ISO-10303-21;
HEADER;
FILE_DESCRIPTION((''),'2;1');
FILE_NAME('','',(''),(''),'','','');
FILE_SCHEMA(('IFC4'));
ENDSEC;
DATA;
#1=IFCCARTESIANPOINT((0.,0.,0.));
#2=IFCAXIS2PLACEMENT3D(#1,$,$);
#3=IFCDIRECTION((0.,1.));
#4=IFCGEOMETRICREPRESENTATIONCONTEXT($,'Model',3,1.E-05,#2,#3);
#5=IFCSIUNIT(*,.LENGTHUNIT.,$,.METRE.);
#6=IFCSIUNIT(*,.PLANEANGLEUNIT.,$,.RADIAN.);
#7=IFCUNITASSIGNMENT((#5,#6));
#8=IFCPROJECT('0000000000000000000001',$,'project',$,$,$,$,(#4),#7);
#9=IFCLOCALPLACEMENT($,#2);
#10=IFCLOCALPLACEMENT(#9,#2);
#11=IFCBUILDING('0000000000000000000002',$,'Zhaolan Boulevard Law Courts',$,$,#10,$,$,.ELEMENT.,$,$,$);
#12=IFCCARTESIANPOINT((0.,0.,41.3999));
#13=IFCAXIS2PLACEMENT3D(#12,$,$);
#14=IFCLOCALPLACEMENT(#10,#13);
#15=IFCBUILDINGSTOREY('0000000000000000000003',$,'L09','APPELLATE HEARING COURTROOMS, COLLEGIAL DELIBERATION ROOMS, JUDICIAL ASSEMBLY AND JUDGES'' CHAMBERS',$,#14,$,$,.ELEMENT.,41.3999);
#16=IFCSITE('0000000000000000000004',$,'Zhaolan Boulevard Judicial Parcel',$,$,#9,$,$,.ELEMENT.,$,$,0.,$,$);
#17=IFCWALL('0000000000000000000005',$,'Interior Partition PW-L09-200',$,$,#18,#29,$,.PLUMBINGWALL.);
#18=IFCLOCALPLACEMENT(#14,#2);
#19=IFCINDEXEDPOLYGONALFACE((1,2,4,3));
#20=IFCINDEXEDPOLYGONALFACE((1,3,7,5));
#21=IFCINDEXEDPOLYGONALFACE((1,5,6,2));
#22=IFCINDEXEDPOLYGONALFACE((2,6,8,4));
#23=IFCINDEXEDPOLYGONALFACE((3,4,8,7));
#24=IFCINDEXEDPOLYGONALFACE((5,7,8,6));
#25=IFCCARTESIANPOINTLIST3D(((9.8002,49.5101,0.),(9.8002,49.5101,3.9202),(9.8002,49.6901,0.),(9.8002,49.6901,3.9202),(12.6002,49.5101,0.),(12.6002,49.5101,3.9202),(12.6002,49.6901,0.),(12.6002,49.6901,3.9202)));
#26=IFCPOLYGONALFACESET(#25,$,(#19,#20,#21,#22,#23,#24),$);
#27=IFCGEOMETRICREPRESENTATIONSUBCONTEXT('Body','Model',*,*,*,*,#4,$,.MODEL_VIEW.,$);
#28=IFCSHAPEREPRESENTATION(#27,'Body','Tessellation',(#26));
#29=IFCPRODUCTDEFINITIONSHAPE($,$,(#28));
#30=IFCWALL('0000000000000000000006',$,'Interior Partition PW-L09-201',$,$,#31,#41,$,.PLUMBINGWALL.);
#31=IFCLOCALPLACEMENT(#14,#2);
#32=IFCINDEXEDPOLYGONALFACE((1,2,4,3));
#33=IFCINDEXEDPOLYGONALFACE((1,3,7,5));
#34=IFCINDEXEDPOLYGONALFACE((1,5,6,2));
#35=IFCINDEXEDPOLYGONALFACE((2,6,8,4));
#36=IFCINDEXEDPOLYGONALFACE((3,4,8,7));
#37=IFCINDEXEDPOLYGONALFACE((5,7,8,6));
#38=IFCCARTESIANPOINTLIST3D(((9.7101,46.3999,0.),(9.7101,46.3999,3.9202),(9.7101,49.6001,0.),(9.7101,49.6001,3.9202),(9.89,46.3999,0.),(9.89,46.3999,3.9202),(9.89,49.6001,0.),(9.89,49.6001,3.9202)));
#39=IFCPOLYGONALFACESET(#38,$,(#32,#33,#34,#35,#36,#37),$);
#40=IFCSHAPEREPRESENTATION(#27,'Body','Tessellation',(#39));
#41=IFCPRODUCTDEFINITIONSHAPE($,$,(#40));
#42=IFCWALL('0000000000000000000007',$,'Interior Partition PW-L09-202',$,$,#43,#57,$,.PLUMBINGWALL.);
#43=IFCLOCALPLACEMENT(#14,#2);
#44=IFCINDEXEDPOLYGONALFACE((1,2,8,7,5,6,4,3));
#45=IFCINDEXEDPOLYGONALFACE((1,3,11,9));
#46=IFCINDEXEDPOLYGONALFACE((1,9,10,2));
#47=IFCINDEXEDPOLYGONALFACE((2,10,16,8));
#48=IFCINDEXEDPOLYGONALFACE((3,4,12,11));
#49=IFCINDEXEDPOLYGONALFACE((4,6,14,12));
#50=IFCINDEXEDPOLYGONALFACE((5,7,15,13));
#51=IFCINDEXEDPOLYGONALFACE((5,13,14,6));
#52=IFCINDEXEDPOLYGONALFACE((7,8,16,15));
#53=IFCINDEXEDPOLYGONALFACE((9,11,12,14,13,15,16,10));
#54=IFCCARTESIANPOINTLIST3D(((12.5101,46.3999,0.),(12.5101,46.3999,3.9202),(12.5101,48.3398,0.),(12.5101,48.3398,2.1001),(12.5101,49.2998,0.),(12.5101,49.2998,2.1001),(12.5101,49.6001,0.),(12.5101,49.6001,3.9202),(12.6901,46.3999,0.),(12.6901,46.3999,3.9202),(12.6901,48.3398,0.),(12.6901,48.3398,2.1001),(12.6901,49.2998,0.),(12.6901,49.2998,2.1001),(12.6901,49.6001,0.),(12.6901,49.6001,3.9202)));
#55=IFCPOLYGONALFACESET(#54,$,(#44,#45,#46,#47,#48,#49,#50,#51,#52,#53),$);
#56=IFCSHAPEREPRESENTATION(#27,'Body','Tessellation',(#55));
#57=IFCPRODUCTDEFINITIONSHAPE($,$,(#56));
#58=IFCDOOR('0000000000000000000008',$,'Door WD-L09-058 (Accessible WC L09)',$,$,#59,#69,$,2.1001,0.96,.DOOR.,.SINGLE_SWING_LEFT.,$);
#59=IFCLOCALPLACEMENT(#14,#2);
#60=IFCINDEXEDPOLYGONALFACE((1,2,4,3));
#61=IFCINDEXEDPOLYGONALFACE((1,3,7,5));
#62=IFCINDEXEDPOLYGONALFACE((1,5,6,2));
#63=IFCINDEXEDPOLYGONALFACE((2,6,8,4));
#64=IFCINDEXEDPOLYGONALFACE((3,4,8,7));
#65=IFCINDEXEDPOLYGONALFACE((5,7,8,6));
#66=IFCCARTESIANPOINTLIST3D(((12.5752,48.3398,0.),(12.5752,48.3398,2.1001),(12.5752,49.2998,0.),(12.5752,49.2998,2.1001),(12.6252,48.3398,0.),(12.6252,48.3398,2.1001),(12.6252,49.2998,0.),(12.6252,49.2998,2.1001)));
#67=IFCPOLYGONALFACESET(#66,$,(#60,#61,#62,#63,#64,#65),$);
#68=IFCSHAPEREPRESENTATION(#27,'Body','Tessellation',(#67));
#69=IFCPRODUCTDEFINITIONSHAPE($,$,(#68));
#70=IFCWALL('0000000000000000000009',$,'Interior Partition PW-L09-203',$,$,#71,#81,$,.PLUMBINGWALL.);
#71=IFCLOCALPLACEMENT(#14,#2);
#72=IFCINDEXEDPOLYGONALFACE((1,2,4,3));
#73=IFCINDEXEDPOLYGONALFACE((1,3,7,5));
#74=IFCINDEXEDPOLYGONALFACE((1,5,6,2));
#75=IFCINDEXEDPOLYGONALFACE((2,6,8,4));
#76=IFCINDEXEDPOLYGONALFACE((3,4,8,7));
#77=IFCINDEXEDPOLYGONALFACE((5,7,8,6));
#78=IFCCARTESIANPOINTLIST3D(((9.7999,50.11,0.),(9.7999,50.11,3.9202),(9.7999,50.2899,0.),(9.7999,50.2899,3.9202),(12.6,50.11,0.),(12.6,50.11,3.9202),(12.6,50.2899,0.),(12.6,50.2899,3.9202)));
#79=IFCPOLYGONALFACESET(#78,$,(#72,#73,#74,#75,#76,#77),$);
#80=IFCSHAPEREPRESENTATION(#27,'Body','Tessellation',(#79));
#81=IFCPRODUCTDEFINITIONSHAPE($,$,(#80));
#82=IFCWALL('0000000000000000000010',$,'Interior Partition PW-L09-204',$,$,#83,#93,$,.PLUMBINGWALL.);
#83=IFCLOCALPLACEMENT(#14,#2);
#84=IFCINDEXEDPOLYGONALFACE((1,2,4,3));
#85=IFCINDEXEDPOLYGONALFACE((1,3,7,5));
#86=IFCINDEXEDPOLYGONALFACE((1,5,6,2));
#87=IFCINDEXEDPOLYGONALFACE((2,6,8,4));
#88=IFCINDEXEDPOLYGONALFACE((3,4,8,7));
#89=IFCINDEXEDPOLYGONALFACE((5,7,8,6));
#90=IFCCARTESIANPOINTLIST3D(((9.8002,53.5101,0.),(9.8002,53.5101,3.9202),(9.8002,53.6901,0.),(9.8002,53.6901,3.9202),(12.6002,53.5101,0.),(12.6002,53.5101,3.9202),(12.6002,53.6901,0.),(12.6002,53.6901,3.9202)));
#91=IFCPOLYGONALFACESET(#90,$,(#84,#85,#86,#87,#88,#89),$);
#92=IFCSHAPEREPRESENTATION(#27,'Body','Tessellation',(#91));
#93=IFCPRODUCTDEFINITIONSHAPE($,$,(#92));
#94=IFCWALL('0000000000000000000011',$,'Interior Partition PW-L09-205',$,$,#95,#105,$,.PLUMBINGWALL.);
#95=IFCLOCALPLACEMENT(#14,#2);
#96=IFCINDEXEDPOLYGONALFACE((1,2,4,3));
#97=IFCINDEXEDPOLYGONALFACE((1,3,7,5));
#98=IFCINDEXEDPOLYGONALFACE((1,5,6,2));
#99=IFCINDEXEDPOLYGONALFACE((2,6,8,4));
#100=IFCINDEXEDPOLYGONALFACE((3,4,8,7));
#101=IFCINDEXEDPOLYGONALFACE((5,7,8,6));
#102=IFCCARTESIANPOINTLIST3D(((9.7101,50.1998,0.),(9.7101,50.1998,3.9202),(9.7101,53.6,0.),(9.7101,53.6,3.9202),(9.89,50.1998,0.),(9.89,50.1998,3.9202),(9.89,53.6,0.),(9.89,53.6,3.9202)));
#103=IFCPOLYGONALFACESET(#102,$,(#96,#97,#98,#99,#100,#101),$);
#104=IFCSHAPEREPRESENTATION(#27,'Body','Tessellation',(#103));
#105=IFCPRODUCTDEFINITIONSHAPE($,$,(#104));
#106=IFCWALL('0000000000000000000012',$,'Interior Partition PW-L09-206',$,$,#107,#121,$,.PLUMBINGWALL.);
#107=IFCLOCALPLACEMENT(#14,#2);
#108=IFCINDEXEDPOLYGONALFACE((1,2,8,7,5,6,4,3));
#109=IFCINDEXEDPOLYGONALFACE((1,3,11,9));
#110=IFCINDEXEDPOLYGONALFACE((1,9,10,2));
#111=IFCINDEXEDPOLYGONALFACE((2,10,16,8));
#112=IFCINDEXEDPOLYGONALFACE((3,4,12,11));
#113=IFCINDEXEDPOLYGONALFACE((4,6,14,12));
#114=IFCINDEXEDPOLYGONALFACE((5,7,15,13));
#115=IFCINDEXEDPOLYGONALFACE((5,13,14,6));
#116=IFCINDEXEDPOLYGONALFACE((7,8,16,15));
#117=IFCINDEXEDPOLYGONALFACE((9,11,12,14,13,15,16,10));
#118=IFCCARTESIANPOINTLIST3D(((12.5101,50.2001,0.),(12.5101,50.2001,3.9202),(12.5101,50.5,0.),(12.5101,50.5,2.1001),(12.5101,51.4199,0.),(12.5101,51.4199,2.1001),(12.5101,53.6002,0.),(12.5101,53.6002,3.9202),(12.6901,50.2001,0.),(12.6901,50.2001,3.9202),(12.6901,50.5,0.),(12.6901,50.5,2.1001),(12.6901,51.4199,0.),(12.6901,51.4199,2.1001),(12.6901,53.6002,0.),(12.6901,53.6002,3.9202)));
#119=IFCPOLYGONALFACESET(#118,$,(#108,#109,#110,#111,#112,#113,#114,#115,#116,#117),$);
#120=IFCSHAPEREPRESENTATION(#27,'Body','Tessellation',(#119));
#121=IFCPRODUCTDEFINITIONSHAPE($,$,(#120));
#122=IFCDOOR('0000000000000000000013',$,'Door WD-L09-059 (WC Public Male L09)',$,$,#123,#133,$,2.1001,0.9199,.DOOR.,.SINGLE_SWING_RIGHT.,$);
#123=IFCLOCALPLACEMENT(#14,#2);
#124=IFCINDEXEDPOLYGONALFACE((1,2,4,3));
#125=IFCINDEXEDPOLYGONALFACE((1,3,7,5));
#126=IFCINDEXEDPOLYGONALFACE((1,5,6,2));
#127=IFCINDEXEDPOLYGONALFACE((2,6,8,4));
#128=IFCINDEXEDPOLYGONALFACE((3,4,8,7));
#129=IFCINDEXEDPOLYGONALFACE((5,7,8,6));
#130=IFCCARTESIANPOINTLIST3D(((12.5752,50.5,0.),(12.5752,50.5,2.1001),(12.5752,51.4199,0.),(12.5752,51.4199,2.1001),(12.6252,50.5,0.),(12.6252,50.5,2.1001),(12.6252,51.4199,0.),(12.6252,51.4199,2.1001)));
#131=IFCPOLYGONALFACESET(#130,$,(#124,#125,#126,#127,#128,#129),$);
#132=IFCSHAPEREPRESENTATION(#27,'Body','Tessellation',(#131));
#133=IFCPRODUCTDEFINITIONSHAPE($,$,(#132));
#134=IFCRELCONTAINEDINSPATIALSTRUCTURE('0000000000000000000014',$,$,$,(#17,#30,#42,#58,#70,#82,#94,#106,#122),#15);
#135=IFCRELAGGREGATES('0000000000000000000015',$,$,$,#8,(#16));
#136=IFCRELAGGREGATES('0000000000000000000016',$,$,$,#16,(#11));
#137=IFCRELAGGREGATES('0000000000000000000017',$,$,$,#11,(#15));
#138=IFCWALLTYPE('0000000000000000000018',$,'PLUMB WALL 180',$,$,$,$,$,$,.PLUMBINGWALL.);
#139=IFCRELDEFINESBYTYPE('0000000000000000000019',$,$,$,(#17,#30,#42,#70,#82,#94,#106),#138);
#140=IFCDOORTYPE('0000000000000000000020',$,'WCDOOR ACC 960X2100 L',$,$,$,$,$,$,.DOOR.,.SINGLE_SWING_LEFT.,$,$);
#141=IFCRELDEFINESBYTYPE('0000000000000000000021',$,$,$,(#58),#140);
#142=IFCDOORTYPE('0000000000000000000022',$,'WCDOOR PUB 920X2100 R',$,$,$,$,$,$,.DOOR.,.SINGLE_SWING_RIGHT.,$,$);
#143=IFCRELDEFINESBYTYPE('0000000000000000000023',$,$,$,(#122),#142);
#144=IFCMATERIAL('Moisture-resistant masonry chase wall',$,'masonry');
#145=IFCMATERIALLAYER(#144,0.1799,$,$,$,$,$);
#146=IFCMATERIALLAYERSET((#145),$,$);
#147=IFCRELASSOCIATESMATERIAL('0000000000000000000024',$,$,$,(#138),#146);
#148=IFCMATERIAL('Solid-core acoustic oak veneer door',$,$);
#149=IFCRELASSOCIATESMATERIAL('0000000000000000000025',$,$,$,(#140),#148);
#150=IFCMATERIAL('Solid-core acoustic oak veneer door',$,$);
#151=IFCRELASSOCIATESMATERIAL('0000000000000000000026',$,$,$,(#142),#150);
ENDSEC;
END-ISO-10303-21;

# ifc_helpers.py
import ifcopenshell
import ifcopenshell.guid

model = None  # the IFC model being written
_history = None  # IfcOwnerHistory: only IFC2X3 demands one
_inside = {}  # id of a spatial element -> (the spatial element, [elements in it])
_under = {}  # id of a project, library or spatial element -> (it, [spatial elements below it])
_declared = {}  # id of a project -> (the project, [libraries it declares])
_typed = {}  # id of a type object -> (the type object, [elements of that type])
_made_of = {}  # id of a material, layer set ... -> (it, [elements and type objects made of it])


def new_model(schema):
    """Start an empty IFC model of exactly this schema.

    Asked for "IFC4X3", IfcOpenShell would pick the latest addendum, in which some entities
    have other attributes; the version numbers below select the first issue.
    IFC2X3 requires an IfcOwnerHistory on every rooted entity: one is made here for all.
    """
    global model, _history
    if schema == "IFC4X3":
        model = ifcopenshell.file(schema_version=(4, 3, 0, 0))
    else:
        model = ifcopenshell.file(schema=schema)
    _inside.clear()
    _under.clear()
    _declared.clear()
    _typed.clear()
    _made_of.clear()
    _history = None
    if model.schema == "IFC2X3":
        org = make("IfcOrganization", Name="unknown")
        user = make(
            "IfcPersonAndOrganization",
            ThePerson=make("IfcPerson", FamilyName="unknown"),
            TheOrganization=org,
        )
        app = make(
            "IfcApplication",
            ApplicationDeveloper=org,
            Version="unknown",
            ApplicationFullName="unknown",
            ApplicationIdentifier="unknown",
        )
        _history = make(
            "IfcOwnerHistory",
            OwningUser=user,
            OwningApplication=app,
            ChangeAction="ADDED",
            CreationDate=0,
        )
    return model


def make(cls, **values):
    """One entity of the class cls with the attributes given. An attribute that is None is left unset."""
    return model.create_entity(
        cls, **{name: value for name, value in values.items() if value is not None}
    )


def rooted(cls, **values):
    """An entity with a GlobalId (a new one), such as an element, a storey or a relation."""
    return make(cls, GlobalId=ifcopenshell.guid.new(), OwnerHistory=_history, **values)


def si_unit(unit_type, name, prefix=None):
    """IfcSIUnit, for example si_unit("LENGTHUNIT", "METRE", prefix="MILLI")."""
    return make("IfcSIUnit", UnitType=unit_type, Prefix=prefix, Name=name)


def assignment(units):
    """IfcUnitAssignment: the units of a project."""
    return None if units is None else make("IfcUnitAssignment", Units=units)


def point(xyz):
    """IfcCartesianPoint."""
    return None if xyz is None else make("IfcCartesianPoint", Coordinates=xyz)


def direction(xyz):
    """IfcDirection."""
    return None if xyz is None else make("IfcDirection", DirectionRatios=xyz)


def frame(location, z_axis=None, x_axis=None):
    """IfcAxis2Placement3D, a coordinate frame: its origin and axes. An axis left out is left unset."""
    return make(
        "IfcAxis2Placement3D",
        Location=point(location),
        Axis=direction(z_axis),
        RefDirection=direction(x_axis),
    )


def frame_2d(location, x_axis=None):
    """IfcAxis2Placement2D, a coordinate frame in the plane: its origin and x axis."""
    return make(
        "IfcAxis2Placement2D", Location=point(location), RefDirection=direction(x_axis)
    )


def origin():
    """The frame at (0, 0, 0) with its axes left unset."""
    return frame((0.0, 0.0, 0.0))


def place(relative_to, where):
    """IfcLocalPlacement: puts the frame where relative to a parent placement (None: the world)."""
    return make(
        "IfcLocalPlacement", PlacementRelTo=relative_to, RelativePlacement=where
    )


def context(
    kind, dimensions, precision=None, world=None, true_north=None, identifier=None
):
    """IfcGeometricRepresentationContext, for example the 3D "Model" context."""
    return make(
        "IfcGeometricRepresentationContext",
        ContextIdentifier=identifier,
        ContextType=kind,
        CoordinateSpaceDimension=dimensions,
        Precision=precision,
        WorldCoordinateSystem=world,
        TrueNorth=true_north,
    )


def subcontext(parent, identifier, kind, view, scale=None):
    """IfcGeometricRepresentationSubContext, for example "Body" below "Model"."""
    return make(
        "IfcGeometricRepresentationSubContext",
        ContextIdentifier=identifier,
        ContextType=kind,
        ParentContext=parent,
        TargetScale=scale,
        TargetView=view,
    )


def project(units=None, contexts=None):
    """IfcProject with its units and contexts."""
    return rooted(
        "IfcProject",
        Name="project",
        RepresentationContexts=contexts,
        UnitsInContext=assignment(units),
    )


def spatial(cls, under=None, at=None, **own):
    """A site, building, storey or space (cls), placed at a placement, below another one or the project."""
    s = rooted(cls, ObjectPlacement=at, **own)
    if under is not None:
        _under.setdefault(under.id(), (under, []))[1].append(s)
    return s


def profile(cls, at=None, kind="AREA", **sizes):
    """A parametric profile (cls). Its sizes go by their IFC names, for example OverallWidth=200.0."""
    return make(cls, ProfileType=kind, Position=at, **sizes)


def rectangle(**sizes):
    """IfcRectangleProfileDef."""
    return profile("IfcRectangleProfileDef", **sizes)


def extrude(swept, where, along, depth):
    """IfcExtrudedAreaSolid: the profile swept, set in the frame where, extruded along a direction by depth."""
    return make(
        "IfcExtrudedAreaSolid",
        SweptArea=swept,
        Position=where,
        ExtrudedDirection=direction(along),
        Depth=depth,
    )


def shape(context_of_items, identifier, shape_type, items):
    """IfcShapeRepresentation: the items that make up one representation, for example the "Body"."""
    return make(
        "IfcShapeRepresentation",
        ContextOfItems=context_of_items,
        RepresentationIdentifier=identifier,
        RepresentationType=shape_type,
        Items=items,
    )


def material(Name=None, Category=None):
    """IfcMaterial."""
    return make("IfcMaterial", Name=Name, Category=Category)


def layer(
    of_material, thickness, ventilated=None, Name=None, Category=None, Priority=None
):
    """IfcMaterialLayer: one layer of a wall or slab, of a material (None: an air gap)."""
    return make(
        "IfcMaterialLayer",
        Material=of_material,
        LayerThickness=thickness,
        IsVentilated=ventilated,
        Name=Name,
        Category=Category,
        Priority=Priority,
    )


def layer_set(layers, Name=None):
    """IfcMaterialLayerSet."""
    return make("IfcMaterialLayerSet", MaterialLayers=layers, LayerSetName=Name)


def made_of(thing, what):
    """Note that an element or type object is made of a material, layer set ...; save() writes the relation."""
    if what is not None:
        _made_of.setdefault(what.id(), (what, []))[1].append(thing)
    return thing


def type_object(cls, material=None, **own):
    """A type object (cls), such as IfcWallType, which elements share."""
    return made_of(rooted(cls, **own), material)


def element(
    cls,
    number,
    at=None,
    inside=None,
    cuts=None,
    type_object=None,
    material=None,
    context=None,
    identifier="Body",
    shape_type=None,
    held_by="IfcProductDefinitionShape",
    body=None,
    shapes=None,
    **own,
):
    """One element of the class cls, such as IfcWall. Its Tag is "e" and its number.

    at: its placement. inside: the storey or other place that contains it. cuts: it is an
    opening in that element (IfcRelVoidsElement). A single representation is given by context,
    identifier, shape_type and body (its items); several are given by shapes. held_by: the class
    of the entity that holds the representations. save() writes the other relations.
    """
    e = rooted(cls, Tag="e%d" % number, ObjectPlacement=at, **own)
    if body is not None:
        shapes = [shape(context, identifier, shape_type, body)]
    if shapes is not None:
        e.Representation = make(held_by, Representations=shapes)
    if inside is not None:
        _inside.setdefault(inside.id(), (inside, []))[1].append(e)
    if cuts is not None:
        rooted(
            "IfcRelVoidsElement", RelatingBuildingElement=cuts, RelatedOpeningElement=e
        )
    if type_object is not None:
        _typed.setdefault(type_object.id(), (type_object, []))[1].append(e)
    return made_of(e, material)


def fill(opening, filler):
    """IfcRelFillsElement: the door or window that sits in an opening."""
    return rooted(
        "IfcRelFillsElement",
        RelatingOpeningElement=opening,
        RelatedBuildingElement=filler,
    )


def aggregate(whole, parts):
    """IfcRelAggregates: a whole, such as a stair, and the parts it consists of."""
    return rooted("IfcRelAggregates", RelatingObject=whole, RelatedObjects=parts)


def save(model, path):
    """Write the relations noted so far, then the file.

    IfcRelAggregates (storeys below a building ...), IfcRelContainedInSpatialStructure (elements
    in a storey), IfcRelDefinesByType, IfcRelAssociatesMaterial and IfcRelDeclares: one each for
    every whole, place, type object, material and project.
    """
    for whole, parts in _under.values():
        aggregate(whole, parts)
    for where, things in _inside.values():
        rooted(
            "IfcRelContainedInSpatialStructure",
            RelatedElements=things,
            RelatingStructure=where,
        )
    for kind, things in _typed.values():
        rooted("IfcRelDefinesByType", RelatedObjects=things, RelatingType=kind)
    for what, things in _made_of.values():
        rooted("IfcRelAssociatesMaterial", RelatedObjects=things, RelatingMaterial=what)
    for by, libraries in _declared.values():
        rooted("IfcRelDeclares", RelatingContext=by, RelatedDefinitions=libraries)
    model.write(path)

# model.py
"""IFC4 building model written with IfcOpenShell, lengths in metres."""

from ifc_helpers import new_model, si_unit, direction, frame, frame_2d, origin, place, context, subcontext, project, spatial, rectangle, extrude, material, layer, layer_set, type_object, element, fill, save


model = new_model("IFC4")

# Units and contexts
model_context = context("Model", 3, precision=1e-05, world=origin(), true_north=direction((0.0, 1.0)))
body_context = subcontext(model_context, "Body", "Model", "MODEL_VIEW")
ifc_project = project(units=[si_unit("LENGTHUNIT", "METRE"), si_unit("PLANEANGLEUNIT", "RADIAN")], contexts=[model_context])

# Site, building, storey
site_placement = place(None, origin())
site = spatial("IfcSite", under=ifc_project, at=site_placement, Name="Zhaolan Boulevard Judicial Parcel", CompositionType="ELEMENT", RefElevation=0.0)
building_placement = place(site_placement, origin())
building = spatial("IfcBuilding", under=site, at=building_placement, Name="Zhaolan Boulevard Law Courts", CompositionType="ELEMENT")
storey_placement = place(building_placement, frame((0.0, 0.0, 41.3999)))
storey = spatial("IfcBuildingStorey", under=building, at=storey_placement, Name="L09", Description="APPELLATE HEARING COURTROOMS, COLLEGIAL DELIBERATION ROOMS, JUDICIAL ASSEMBLY AND JUDGES' CHAMBERS", CompositionType="ELEMENT", Elevation=41.3999)

# Walls
ifc_material_1 = material(Name="Moisture-resistant masonry chase wall", Category="masonry")
ifc_layer_1 = layer(ifc_material_1, 0.1799)
ifc_layer_set_1 = layer_set([ifc_layer_1])
wall_type_1 = type_object("IfcWallType", Name="PLUMB WALL 180", PredefinedType="PLUMBINGWALL", material=ifc_layer_set_1)
for number, where, z_axis, x_axis, name in (
    (1, (12.6001, 49.6001, 0.0), (0.0, 0.0, 1.0), (-1.0, 0.0, 0.0), "Interior Partition PW-L09-200"),
):
    element("IfcWall", number, at=place(storey_placement, frame(where, z_axis=z_axis, x_axis=x_axis)), inside=storey, type_object=wall_type_1, Name=name, PredefinedType="PLUMBINGWALL", context=body_context, shape_type="SweptSolid", body=[
        extrude(rectangle(XDim=2.8, YDim=0.1799, at=frame_2d((1.3999, 0.0))), origin(), (0.0, 0.0, 1.0), 3.9202),
    ])
wall_1_placement = place(storey_placement, frame((9.8, 49.6001, 0.0), z_axis=(0.0, 0.0, 1.0), x_axis=(0.0, -1.0, 0.0)))
element("IfcWall", 2, at=wall_1_placement, inside=storey, type_object=wall_type_1, Name="Interior Partition PW-L09-201", PredefinedType="PLUMBINGWALL", context=body_context, shape_type="SweptSolid", body=[
    extrude(rectangle(XDim=3.2002, YDim=0.1799, at=frame_2d((1.6001, 0.0))), origin(), (0.0, 0.0, 1.0), 3.9202),
])

# Wall, opening, door
wall_2_placement = place(storey_placement, frame((12.6001, 46.3999, 0.0), z_axis=(0.0, 0.0, 1.0), x_axis=(0.0, 1.0, 0.0)))
wall_2 = element("IfcWall", 3, at=wall_2_placement, inside=storey, type_object=wall_type_1, Name="Interior Partition PW-L09-202", PredefinedType="PLUMBINGWALL", context=body_context, shape_type="SweptSolid", body=[
    extrude(rectangle(XDim=3.2002, YDim=0.1799, at=frame_2d((1.6001, 0.0))), origin(), (0.0, 0.0, 1.0), 3.9202),
])
opening_1_placement = place(wall_2_placement, frame((1.9399, 0.0, 0.0)))
opening_1 = element("IfcOpeningElement", 4, at=opening_1_placement, cuts=wall_2, PredefinedType="OPENING", context=body_context, shape_type="SweptSolid", body=[
    extrude(rectangle(XDim=0.96, YDim=2.1001, at=frame_2d((0.48, 1.05))), frame((0.0, 0.0999, 0.0), z_axis=(0.0, -1.0, 0.0), x_axis=(1.0, 0.0, 0.0)), (0.0, 0.0, 1.0), 0.2),
])
ifc_material_2 = material(Name="Solid-core acoustic oak veneer door")
door_type_1 = type_object("IfcDoorType", Name="WCDOOR ACC 960X2100 L", OperationType="SINGLE_SWING_LEFT", PredefinedType="DOOR", material=ifc_material_2)
door_1_placement = place(opening_1_placement, origin())
door_1 = element("IfcDoor", 5, at=door_1_placement, inside=storey, type_object=door_type_1, Name="Door WD-L09-058 (Accessible WC L09)", OperationType="SINGLE_SWING_LEFT", OverallHeight=2.1001, OverallWidth=0.96, PredefinedType="DOOR", context=body_context, shape_type="SweptSolid", body=[
    extrude(rectangle(XDim=0.96, YDim=2.1001, at=frame_2d((0.48, 1.05))), frame((0.0, 0.0249, 0.0), z_axis=(0.0, -1.0, 0.0), x_axis=(1.0, 0.0, 0.0)), (0.0, 0.0, 1.0), 0.05),
])
fill(opening_1, door_1)

# Walls
for number, where, z_axis, x_axis, name in (
    (6, (9.8, 50.2, 0.0), (0.0, 0.0, 1.0), (1.0, 0.0, 0.0), "Interior Partition PW-L09-203"),
    (7, (12.6001, 53.6001, 0.0), (0.0, 0.0, 1.0), (-1.0, 0.0, 0.0), "Interior Partition PW-L09-204"),
):
    element("IfcWall", number, at=place(storey_placement, frame(where, z_axis=z_axis, x_axis=x_axis)), inside=storey, type_object=wall_type_1, Name=name, PredefinedType="PLUMBINGWALL", context=body_context, shape_type="SweptSolid", body=[
        extrude(rectangle(XDim=2.8, YDim=0.1799, at=frame_2d((1.3999, 0.0))), origin(), (0.0, 0.0, 1.0), 3.9202),
    ])
wall_3_placement = place(storey_placement, frame((9.8, 53.6001, 0.0), z_axis=(0.0, 0.0, 1.0), x_axis=(0.0, -1.0, 0.0)))
element("IfcWall", 8, at=wall_3_placement, inside=storey, type_object=wall_type_1, Name="Interior Partition PW-L09-205", PredefinedType="PLUMBINGWALL", context=body_context, shape_type="SweptSolid", body=[
    extrude(rectangle(XDim=3.4001, YDim=0.1799, at=frame_2d((1.7002, 0.0))), origin(), (0.0, 0.0, 1.0), 3.9202),
])

# Wall, opening, door
wall_4_placement = place(storey_placement, frame((12.6001, 50.2, 0.0), z_axis=(0.0, 0.0, 1.0), x_axis=(0.0, 1.0, 0.0)))
wall_4 = element("IfcWall", 9, at=wall_4_placement, inside=storey, type_object=wall_type_1, Name="Interior Partition PW-L09-206", PredefinedType="PLUMBINGWALL", context=body_context, shape_type="SweptSolid", body=[
    extrude(rectangle(XDim=3.4001, YDim=0.1799, at=frame_2d((1.7002, 0.0))), origin(), (0.0, 0.0, 1.0), 3.9202),
])
opening_2_placement = place(wall_4_placement, frame((0.3, 0.0, 0.0)))
opening_2 = element("IfcOpeningElement", 10, at=opening_2_placement, cuts=wall_4, PredefinedType="OPENING", context=body_context, shape_type="SweptSolid", body=[
    extrude(rectangle(XDim=0.9199, YDim=2.1001, at=frame_2d((0.46, 1.05))), frame((0.0, 0.0999, 0.0), z_axis=(0.0, -1.0, 0.0), x_axis=(1.0, 0.0, 0.0)), (0.0, 0.0, 1.0), 0.2),
])
ifc_material_3 = material(Name="Solid-core acoustic oak veneer door")
door_type_2 = type_object("IfcDoorType", Name="WCDOOR PUB 920X2100 R", OperationType="SINGLE_SWING_RIGHT", PredefinedType="DOOR", material=ifc_material_3)
door_2_placement = place(opening_2_placement, origin())
door_2 = element("IfcDoor", 11, at=door_2_placement, inside=storey, type_object=door_type_2, Name="Door WD-L09-059 (WC Public Male L09)", OperationType="SINGLE_SWING_RIGHT", OverallHeight=2.1001, OverallWidth=0.9199, PredefinedType="DOOR", context=body_context, shape_type="SweptSolid", body=[
    extrude(rectangle(XDim=0.9199, YDim=2.1001, at=frame_2d((0.46, 1.05))), frame((0.0, 0.0249, 0.0), z_axis=(0.0, -1.0, 0.0), x_axis=(1.0, 0.0, 0.0)), (0.0, 0.0, 1.0), 0.05),
])
fill(opening_2, door_2)

save(model, "model.ifc")
